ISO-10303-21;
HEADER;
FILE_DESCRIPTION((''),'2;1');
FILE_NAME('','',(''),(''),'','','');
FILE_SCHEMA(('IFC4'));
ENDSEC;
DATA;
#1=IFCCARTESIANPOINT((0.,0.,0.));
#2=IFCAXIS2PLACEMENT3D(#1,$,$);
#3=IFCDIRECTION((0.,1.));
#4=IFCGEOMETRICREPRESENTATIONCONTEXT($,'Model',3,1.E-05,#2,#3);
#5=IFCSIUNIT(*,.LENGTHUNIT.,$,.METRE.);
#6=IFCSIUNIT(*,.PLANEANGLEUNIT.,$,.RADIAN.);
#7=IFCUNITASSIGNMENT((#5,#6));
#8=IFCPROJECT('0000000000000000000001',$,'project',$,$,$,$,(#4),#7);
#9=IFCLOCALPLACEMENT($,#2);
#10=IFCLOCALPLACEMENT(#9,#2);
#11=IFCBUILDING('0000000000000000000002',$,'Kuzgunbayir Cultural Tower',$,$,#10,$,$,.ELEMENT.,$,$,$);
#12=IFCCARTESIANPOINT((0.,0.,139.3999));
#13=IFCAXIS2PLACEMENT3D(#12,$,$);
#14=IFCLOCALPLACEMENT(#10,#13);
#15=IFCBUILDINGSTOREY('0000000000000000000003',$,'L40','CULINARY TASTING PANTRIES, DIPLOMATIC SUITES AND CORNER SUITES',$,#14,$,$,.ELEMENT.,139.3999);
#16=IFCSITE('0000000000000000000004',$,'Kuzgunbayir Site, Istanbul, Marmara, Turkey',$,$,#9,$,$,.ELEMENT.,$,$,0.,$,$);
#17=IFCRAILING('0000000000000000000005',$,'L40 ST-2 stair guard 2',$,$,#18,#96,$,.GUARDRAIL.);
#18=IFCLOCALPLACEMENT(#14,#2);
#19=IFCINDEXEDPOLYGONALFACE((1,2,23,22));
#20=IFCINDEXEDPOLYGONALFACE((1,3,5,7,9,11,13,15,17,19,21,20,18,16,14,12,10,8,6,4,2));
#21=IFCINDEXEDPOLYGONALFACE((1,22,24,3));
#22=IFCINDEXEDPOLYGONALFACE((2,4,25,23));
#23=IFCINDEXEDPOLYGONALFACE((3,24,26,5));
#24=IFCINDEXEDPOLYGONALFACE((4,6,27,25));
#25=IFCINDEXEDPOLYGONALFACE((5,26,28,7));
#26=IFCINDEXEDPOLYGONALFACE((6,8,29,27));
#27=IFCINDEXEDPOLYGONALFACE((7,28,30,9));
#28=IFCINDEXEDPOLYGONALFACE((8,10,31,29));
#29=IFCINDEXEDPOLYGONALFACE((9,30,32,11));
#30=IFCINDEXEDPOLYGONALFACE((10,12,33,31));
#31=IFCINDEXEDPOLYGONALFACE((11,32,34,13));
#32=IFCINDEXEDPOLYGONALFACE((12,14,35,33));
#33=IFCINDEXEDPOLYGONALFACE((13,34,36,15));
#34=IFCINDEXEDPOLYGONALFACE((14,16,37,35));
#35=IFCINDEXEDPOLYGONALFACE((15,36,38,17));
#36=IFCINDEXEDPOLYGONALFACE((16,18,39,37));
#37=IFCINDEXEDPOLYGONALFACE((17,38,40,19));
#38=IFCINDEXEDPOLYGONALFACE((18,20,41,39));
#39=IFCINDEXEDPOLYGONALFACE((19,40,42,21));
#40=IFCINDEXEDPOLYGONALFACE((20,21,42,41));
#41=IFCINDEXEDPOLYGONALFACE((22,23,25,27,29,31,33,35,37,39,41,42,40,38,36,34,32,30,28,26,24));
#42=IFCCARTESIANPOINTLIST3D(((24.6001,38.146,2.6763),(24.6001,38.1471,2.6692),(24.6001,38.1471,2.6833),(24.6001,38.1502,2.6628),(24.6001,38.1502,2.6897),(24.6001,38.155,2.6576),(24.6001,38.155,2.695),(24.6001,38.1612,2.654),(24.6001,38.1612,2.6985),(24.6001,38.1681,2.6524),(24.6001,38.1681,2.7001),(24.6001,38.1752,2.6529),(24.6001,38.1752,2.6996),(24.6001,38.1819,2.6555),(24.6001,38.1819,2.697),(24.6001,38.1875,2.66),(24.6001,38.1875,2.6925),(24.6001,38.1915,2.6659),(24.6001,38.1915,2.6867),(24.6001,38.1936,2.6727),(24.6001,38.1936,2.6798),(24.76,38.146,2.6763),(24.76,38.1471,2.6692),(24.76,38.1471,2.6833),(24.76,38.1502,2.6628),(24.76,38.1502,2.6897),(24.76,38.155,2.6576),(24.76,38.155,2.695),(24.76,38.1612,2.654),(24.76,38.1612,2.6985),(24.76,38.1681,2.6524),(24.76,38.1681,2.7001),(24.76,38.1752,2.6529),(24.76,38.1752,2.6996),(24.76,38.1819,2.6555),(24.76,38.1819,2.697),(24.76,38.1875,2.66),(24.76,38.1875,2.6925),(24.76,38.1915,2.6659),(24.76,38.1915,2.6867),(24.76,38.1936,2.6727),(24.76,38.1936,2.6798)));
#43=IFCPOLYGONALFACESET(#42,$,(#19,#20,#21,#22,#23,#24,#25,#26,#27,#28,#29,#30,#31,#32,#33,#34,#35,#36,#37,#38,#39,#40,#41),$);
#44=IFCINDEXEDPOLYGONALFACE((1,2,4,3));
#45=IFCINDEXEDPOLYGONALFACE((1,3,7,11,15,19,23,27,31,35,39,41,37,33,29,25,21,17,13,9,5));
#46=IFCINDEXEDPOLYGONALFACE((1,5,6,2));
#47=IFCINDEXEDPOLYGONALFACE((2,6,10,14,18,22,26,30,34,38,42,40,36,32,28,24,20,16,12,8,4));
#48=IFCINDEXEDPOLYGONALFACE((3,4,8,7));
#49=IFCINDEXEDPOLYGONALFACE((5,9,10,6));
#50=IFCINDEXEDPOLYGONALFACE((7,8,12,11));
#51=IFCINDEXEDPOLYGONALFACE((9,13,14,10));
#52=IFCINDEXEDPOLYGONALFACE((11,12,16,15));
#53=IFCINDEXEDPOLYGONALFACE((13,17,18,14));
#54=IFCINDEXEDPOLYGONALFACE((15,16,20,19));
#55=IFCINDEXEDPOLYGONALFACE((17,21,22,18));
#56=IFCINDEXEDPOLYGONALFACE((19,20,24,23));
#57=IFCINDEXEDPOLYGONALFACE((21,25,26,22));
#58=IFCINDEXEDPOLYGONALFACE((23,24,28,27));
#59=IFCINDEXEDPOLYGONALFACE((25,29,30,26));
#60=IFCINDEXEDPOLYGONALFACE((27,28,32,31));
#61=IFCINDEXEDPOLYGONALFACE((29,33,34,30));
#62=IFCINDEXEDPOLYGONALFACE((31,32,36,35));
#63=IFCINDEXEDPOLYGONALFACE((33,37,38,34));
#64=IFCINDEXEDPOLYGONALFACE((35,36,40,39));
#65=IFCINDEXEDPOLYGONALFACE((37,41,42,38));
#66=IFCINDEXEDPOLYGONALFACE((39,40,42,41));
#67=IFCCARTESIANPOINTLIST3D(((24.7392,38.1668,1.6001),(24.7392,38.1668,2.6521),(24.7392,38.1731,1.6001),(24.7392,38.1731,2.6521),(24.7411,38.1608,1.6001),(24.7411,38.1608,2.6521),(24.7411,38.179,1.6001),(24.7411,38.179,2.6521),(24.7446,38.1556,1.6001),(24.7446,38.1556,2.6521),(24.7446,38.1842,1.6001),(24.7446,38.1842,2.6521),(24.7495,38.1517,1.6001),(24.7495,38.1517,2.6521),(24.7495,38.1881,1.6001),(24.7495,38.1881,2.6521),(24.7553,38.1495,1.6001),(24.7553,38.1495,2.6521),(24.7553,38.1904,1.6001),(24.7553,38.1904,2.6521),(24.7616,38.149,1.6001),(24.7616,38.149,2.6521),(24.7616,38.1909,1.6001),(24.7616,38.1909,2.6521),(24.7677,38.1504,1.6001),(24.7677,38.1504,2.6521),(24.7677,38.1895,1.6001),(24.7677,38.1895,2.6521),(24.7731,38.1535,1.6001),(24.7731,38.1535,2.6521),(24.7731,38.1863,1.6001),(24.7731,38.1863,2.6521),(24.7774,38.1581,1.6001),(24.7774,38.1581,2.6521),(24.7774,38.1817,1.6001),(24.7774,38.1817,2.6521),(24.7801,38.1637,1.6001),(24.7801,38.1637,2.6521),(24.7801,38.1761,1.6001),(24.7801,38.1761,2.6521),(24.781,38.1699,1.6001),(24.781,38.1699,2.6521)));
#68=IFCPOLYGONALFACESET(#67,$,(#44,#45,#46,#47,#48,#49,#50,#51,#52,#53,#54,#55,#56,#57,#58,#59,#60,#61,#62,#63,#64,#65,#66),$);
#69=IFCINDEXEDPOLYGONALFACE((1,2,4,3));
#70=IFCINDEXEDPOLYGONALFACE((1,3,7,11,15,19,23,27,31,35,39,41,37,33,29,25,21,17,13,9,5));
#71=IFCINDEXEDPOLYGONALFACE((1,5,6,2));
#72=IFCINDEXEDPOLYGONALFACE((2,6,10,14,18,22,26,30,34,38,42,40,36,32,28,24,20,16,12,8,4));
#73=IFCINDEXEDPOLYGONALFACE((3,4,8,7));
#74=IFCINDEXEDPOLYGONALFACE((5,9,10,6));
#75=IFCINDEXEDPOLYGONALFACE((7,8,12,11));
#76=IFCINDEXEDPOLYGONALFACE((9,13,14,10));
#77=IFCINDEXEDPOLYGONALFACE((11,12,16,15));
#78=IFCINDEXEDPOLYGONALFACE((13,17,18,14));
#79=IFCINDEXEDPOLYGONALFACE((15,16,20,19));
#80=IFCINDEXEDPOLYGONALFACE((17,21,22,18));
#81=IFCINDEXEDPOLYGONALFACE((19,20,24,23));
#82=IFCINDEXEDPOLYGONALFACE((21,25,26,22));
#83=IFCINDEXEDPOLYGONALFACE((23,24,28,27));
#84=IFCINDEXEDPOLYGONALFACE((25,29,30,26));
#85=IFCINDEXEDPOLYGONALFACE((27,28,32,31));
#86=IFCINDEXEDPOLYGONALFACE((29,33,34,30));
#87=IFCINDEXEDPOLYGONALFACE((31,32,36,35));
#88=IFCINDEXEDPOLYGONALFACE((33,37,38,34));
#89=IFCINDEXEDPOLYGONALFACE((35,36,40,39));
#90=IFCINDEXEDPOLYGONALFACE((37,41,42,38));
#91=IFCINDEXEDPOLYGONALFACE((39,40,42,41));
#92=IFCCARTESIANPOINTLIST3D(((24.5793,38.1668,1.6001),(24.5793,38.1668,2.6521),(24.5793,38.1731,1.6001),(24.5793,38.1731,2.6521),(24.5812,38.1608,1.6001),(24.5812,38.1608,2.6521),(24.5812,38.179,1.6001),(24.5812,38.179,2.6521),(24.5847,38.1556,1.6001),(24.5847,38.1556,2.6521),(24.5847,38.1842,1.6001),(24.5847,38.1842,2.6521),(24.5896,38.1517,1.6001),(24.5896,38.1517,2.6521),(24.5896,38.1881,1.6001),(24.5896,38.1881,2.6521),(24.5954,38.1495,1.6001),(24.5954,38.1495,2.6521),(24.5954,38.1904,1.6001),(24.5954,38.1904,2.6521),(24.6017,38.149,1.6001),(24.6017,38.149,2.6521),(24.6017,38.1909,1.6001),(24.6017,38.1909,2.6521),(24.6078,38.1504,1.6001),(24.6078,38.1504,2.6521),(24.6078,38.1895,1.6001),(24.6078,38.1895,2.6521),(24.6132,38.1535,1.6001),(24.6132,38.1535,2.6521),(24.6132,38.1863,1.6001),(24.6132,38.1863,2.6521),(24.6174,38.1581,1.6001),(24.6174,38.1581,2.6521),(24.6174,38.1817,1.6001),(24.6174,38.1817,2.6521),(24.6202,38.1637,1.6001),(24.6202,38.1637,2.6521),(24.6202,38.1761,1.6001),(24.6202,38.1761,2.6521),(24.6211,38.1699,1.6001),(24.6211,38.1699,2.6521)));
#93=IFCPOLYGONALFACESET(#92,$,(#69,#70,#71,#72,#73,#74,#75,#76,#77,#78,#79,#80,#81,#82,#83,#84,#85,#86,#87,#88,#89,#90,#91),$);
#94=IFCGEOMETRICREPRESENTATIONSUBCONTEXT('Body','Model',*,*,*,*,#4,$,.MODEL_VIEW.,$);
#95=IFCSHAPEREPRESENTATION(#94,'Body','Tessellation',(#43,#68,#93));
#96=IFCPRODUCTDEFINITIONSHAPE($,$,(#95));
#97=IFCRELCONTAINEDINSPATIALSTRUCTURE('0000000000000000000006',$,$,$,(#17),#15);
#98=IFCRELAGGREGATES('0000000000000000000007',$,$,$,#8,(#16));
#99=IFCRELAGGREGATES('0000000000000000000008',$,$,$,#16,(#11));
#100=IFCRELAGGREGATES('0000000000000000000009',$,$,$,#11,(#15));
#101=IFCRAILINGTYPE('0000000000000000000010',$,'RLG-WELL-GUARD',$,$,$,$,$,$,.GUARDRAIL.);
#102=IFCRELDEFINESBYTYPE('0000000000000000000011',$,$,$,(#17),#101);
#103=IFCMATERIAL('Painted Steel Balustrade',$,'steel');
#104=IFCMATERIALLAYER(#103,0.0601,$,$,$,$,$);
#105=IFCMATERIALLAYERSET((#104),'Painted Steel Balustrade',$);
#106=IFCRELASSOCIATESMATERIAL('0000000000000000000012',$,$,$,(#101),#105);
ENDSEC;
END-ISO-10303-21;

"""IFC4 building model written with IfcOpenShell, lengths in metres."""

from ifc_helpers import new_model, si_unit, direction, frame, origin, origin_2d, place, context, subcontext, project, spatial, circle, extrude, material, layer, layer_set, type_object, element, save


model = new_model("IFC4")

# Units and contexts
model_context = context("Model", 3, precision=1e-05, world=origin(), true_north=direction((0.0, 1.0)))
body_context = subcontext(model_context, "Body", "Model", "MODEL_VIEW")
ifc_project = project(units=[si_unit("LENGTHUNIT", "METRE"), si_unit("PLANEANGLEUNIT", "RADIAN")], contexts=[model_context])

# Site, building, storey
site_placement = place(None, origin())
site = spatial("IfcSite", under=ifc_project, at=site_placement, Name="Kuzgunbayir Site, Istanbul, Marmara, Turkey", CompositionType="ELEMENT", RefElevation=0.0)
building_placement = place(site_placement, origin())
building = spatial("IfcBuilding", under=site, at=building_placement, Name="Kuzgunbayir Cultural Tower", CompositionType="ELEMENT")
storey_placement = place(building_placement, frame((0.0, 0.0, 139.3999)))
storey = spatial("IfcBuildingStorey", under=building, at=storey_placement, Name="L40", Description="CULINARY TASTING PANTRIES, DIPLOMATIC SUITES AND CORNER SUITES", CompositionType="ELEMENT", Elevation=139.3999)

# Railing
ifc_material_1 = material(Name="Painted Steel Balustrade", Category="steel")
ifc_layer_1 = layer(ifc_material_1, 0.0601)
ifc_layer_set_1 = layer_set([ifc_layer_1], Name="Painted Steel Balustrade")
railing_type_1 = type_object("IfcRailingType", Name="RLG-WELL-GUARD", PredefinedType="GUARDRAIL", material=ifc_layer_set_1)
railing_1_placement = place(storey_placement, frame((24.76, 38.1699, 1.6001)))
element("IfcRailing", 1, at=railing_1_placement, inside=storey, type_object=railing_type_1, Name="L40 ST-2 stair guard 2", PredefinedType="GUARDRAIL", context=body_context, shape_type="SweptSolid", body=[
    extrude(circle(Radius=0.0239, at=origin_2d()), frame((0.0, 0.0, 1.0762), z_axis=(-1.0, 0.0, 0.0), x_axis=(0.0, -1.0, 0.0)), (0.0, 0.0, 1.0), 0.1599),
    extrude(circle(Radius=0.021, at=origin_2d()), origin(), (0.0, 0.0, 1.0), 1.052),
    extrude(circle(Radius=0.021, at=origin_2d()), frame((-0.1599, 0.0, 0.0)), (0.0, 0.0, 1.0), 1.052),
])

save(model, "model.ifc")
